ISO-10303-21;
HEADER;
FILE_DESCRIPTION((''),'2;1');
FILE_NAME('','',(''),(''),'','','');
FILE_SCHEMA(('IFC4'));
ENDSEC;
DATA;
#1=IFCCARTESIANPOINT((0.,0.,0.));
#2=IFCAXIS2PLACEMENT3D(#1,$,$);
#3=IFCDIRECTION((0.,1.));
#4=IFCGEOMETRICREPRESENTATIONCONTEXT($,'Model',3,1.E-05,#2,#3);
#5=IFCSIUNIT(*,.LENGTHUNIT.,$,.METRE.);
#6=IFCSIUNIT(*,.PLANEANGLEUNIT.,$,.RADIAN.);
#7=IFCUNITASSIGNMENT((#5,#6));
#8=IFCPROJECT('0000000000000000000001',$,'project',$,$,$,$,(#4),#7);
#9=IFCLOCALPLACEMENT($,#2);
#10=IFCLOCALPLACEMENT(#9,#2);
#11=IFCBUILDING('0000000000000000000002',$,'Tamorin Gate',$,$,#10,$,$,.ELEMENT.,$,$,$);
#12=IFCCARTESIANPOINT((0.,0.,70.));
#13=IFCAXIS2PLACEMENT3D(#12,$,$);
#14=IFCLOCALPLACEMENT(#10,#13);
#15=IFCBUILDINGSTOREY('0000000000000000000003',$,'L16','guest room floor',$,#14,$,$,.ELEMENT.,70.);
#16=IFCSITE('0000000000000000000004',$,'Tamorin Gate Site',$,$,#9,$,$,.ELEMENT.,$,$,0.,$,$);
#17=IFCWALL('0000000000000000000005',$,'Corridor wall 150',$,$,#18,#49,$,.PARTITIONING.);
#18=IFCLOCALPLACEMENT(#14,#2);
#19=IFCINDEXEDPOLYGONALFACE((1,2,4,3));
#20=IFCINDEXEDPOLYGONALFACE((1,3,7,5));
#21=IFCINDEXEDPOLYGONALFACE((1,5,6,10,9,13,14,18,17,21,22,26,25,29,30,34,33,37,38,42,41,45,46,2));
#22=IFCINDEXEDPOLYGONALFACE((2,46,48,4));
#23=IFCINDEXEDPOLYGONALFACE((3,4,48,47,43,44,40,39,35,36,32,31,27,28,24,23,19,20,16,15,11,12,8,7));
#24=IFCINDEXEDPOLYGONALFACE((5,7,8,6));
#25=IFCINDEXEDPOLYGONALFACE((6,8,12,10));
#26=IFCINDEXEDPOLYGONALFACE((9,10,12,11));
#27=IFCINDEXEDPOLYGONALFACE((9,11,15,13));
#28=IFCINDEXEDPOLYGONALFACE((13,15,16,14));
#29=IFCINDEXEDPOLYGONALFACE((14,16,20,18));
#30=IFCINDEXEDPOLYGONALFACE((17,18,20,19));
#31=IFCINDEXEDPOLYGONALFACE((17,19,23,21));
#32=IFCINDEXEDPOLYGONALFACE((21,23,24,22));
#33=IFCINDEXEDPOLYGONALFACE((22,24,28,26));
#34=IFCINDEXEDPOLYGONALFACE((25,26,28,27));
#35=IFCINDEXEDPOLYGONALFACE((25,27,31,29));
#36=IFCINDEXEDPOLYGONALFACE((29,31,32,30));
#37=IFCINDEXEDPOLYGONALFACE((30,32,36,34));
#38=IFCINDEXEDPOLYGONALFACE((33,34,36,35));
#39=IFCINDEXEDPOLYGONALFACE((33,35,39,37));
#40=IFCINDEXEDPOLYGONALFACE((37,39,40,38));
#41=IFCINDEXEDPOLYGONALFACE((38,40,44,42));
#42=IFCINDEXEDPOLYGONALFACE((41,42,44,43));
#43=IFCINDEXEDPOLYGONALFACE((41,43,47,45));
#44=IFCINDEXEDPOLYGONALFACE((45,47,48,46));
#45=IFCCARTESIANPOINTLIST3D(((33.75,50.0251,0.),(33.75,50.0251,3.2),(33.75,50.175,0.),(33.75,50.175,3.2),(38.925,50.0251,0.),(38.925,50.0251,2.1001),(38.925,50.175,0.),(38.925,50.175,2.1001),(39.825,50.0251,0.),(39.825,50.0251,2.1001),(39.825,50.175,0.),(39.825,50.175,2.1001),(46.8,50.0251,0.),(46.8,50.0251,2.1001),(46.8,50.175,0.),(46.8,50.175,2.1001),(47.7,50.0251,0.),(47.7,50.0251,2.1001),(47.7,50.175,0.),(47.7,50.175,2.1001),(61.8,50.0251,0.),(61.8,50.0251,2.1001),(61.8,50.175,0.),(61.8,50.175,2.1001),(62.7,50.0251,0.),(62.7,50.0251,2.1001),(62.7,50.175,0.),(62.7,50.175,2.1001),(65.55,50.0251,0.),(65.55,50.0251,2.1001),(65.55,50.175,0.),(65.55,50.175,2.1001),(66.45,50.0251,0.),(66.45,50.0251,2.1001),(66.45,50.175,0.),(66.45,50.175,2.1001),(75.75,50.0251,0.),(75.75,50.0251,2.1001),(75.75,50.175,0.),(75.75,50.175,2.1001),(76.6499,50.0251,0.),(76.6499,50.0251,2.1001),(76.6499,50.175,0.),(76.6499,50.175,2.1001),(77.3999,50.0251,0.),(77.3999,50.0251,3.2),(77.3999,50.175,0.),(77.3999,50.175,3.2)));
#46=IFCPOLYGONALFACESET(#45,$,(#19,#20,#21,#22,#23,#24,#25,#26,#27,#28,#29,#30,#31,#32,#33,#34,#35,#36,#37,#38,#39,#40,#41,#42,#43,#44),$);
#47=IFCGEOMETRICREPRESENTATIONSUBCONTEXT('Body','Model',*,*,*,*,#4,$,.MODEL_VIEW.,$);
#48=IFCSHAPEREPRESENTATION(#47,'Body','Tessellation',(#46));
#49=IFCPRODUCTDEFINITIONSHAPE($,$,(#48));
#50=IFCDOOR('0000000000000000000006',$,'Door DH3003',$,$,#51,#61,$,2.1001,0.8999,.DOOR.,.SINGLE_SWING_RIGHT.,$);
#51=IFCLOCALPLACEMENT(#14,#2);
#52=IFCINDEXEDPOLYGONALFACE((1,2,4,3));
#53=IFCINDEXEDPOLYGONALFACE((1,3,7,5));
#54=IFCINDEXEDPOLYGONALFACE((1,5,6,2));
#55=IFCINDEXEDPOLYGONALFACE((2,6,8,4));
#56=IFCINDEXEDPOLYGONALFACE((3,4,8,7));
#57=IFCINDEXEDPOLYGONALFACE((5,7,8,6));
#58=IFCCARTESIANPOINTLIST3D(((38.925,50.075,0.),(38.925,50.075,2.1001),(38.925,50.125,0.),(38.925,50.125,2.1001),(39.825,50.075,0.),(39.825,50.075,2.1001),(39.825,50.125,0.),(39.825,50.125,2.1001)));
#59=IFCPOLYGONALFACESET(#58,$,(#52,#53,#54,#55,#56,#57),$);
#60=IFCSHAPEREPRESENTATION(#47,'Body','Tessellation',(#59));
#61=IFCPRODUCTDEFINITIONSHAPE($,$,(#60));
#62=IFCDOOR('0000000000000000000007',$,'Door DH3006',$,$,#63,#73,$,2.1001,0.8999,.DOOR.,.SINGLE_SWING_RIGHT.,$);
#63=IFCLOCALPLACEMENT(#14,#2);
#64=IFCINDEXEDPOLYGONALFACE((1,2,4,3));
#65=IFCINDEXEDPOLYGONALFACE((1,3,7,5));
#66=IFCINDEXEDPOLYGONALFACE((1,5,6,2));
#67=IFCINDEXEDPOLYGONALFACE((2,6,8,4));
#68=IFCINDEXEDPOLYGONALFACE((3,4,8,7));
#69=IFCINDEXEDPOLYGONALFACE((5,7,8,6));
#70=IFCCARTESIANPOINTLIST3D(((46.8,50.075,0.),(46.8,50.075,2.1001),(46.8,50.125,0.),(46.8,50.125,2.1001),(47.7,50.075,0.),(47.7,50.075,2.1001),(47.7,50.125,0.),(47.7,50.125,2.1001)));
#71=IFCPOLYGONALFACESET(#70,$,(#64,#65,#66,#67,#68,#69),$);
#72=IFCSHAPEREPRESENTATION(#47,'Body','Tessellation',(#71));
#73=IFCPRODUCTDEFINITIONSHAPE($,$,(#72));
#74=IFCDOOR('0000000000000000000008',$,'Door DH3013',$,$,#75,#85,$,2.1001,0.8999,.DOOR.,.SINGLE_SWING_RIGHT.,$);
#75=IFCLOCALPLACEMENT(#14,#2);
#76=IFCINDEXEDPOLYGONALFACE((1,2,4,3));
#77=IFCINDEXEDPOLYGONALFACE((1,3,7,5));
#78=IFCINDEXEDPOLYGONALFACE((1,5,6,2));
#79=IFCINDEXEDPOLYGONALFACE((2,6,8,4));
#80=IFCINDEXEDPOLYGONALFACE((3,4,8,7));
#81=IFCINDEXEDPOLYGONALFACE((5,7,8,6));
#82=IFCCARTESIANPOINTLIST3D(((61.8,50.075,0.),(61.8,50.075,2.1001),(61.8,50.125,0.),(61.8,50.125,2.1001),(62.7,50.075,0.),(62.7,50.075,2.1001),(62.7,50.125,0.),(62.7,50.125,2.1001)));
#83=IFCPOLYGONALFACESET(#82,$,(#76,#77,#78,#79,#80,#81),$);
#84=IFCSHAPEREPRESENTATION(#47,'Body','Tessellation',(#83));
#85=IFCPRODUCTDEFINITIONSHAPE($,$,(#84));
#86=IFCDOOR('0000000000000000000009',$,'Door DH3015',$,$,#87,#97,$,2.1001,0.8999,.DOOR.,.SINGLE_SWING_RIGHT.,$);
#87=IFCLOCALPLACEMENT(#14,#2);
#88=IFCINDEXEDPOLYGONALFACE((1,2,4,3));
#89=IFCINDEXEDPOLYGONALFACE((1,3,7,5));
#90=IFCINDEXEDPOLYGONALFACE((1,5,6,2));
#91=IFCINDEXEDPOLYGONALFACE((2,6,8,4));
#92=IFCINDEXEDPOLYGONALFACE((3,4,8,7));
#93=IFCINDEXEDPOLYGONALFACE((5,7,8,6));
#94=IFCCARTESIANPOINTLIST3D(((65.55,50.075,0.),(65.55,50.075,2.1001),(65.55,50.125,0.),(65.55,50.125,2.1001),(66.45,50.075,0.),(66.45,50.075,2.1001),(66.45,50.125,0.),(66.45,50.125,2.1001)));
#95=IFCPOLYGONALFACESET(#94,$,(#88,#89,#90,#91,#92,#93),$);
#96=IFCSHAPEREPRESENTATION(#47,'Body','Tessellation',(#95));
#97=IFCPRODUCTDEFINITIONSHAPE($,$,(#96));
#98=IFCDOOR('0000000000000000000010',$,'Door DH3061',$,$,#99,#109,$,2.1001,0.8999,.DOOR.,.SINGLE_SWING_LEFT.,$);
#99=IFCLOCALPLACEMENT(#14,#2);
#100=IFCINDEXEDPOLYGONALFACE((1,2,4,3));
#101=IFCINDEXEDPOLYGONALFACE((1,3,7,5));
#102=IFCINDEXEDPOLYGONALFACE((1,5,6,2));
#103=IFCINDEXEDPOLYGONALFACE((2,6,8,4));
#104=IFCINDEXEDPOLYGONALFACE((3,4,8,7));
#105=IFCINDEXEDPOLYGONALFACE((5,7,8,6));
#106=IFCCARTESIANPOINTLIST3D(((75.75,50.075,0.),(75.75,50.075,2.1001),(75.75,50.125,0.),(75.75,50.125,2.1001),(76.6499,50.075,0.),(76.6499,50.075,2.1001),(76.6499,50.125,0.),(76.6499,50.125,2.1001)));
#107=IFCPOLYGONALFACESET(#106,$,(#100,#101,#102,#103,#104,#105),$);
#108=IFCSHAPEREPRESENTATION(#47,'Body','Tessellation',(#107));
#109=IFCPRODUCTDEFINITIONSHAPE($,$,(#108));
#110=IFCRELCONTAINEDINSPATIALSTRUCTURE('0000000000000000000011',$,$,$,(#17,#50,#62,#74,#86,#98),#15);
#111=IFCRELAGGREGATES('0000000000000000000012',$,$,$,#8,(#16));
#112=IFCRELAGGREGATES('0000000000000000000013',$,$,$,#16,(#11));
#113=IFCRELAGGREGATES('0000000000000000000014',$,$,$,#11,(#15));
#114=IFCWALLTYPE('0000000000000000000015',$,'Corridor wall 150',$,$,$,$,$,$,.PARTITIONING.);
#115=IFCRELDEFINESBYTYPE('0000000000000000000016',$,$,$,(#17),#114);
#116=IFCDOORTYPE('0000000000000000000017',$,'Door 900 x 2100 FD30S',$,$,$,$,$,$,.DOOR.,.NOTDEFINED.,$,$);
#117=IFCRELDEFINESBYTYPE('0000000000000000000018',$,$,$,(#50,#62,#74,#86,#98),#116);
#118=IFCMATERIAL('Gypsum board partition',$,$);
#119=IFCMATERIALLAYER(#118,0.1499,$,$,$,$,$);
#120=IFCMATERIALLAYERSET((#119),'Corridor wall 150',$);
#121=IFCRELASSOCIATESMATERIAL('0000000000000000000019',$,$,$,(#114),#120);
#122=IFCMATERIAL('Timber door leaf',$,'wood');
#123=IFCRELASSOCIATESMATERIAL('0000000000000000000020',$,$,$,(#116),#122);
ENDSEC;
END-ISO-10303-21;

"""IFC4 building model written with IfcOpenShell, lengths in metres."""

from ifc_helpers import new_model, si_unit, direction, frame, frame_2d, origin, place, context, subcontext, project, spatial, rectangle, extrude, material, layer, layer_set, type_object, element, fill, save


model = new_model("IFC4")

# Units and contexts
model_context = context("Model", 3, precision=1e-05, world=origin(), true_north=direction((0.0, 1.0)))
body_context = subcontext(model_context, "Body", "Model", "MODEL_VIEW")
ifc_project = project(units=[si_unit("LENGTHUNIT", "METRE"), si_unit("PLANEANGLEUNIT", "RADIAN")], contexts=[model_context])

# Site, building, storey
site_placement = place(None, origin())
site = spatial("IfcSite", under=ifc_project, at=site_placement, Name="Tamorin Gate Site", CompositionType="ELEMENT", RefElevation=0.0)
building_placement = place(site_placement, origin())
building = spatial("IfcBuilding", under=site, at=building_placement, Name="Tamorin Gate", CompositionType="ELEMENT")
storey_placement = place(building_placement, frame((0.0, 0.0, 70.0)))
storey = spatial("IfcBuildingStorey", under=building, at=storey_placement, Name="L16", Description="guest room floor", CompositionType="ELEMENT", Elevation=70.0)

# Wall, openings, doors
ifc_material_1 = material(Name="Gypsum board partition")
ifc_layer_1 = layer(ifc_material_1, 0.1499)
ifc_layer_set_1 = layer_set([ifc_layer_1], Name="Corridor wall 150")
wall_type_1 = type_object("IfcWallType", Name="Corridor wall 150", PredefinedType="PARTITIONING", material=ifc_layer_set_1)
wall_1_placement = place(storey_placement, frame((33.75, 50.1001, 0.0), z_axis=(0.0, 0.0, 1.0), x_axis=(1.0, 0.0, 0.0)))
wall_1 = element("IfcWall", 1, at=wall_1_placement, inside=storey, type_object=wall_type_1, Name="Corridor wall 150", PredefinedType="PARTITIONING", context=body_context, shape_type="SweptSolid", body=[
    extrude(rectangle(XDim=43.6499, YDim=0.1499, at=frame_2d((21.825, 0.0))), origin(), (0.0, 0.0, 1.0), 3.2),
])
opening_1_placement = place(wall_1_placement, frame((5.175, 0.0, 0.0)))
opening_1 = element("IfcOpeningElement", 2, at=opening_1_placement, cuts=wall_1, PredefinedType="OPENING", context=body_context, shape_type="SweptSolid", body=[
    extrude(rectangle(XDim=0.8999, YDim=2.1001, at=frame_2d((0.45, 1.05))), frame((0.0, 0.085, 0.0), z_axis=(0.0, -1.0, 0.0), x_axis=(1.0, 0.0, 0.0)), (0.0, 0.0, 1.0), 0.1699),
])
opening_2_placement = place(wall_1_placement, frame((13.05, 0.0, 0.0)))
opening_2 = element("IfcOpeningElement", 3, at=opening_2_placement, cuts=wall_1, PredefinedType="OPENING", context=body_context, shape_type="SweptSolid", body=[
    extrude(rectangle(XDim=0.8999, YDim=2.1001, at=frame_2d((0.45, 1.05))), frame((0.0, 0.085, 0.0), z_axis=(0.0, -1.0, 0.0), x_axis=(1.0, 0.0, 0.0)), (0.0, 0.0, 1.0), 0.1699),
])
opening_3_placement = place(wall_1_placement, frame((28.05, 0.0, 0.0)))
opening_3 = element("IfcOpeningElement", 4, at=opening_3_placement, cuts=wall_1, PredefinedType="OPENING", context=body_context, shape_type="SweptSolid", body=[
    extrude(rectangle(XDim=0.8999, YDim=2.1001, at=frame_2d((0.45, 1.05))), frame((0.0, 0.085, 0.0), z_axis=(0.0, -1.0, 0.0), x_axis=(1.0, 0.0, 0.0)), (0.0, 0.0, 1.0), 0.1699),
])
opening_4_placement = place(wall_1_placement, frame((31.8, 0.0, 0.0)))
opening_4 = element("IfcOpeningElement", 5, at=opening_4_placement, cuts=wall_1, PredefinedType="OPENING", context=body_context, shape_type="SweptSolid", body=[
    extrude(rectangle(XDim=0.8999, YDim=2.1001, at=frame_2d((0.45, 1.05))), frame((0.0, 0.085, 0.0), z_axis=(0.0, -1.0, 0.0), x_axis=(1.0, 0.0, 0.0)), (0.0, 0.0, 1.0), 0.1699),
])
opening_5_placement = place(wall_1_placement, frame((42.0, 0.0, 0.0)))
opening_5 = element("IfcOpeningElement", 6, at=opening_5_placement, cuts=wall_1, PredefinedType="OPENING", context=body_context, shape_type="SweptSolid", body=[
    extrude(rectangle(XDim=0.8999, YDim=2.1001, at=frame_2d((0.45, 1.05))), frame((0.0, 0.085, 0.0), z_axis=(0.0, -1.0, 0.0), x_axis=(1.0, 0.0, 0.0)), (0.0, 0.0, 1.0), 0.1699),
])
ifc_material_2 = material(Name="Timber door leaf", Category="wood")
door_type_1 = type_object("IfcDoorType", Name="Door 900 x 2100 FD30S", OperationType="NOTDEFINED", PredefinedType="DOOR", material=ifc_material_2)
door_1_placement = place(opening_1_placement, origin())
door_1 = element("IfcDoor", 7, at=door_1_placement, inside=storey, type_object=door_type_1, Name="Door DH3003", OperationType="SINGLE_SWING_RIGHT", OverallHeight=2.1001, OverallWidth=0.8999, PredefinedType="DOOR", context=body_context, shape_type="SweptSolid", body=[
    extrude(rectangle(XDim=0.8999, YDim=2.1001, at=frame_2d((0.45, 1.05))), frame((0.0, 0.0249, 0.0), z_axis=(0.0, -1.0, 0.0), x_axis=(1.0, 0.0, 0.0)), (0.0, 0.0, 1.0), 0.05),
])
fill(opening_1, door_1)
door_2_placement = place(opening_2_placement, origin())
door_2 = element("IfcDoor", 8, at=door_2_placement, inside=storey, type_object=door_type_1, Name="Door DH3006", OperationType="SINGLE_SWING_RIGHT", OverallHeight=2.1001, OverallWidth=0.8999, PredefinedType="DOOR", context=body_context, shape_type="SweptSolid", body=[
    extrude(rectangle(XDim=0.8999, YDim=2.1001, at=frame_2d((0.45, 1.05))), frame((0.0, 0.0249, 0.0), z_axis=(0.0, -1.0, 0.0), x_axis=(1.0, 0.0, 0.0)), (0.0, 0.0, 1.0), 0.05),
])
fill(opening_2, door_2)
door_3_placement = place(opening_3_placement, origin())
door_3 = element("IfcDoor", 9, at=door_3_placement, inside=storey, type_object=door_type_1, Name="Door DH3013", OperationType="SINGLE_SWING_RIGHT", OverallHeight=2.1001, OverallWidth=0.8999, PredefinedType="DOOR", context=body_context, shape_type="SweptSolid", body=[
    extrude(rectangle(XDim=0.8999, YDim=2.1001, at=frame_2d((0.45, 1.05))), frame((0.0, 0.0249, 0.0), z_axis=(0.0, -1.0, 0.0), x_axis=(1.0, 0.0, 0.0)), (0.0, 0.0, 1.0), 0.05),
])
fill(opening_3, door_3)
door_4_placement = place(opening_4_placement, origin())
door_4 = element("IfcDoor", 10, at=door_4_placement, inside=storey, type_object=door_type_1, Name="Door DH3015", OperationType="SINGLE_SWING_RIGHT", OverallHeight=2.1001, OverallWidth=0.8999, PredefinedType="DOOR", context=body_context, shape_type="SweptSolid", body=[
    extrude(rectangle(XDim=0.8999, YDim=2.1001, at=frame_2d((0.45, 1.05))), frame((0.0, 0.0249, 0.0), z_axis=(0.0, -1.0, 0.0), x_axis=(1.0, 0.0, 0.0)), (0.0, 0.0, 1.0), 0.05),
])
fill(opening_4, door_4)
door_5_placement = place(opening_5_placement, origin())
door_5 = element("IfcDoor", 11, at=door_5_placement, inside=storey, type_object=door_type_1, Name="Door DH3061", OperationType="SINGLE_SWING_LEFT", OverallHeight=2.1001, OverallWidth=0.8999, PredefinedType="DOOR", context=body_context, shape_type="SweptSolid", body=[
    extrude(rectangle(XDim=0.8999, YDim=2.1001, at=frame_2d((0.45, 1.05))), frame((0.0, 0.0249, 0.0), z_axis=(0.0, -1.0, 0.0), x_axis=(1.0, 0.0, 0.0)), (0.0, 0.0, 1.0), 0.05),
])
fill(opening_5, door_5)

save(model, "model.ifc")
